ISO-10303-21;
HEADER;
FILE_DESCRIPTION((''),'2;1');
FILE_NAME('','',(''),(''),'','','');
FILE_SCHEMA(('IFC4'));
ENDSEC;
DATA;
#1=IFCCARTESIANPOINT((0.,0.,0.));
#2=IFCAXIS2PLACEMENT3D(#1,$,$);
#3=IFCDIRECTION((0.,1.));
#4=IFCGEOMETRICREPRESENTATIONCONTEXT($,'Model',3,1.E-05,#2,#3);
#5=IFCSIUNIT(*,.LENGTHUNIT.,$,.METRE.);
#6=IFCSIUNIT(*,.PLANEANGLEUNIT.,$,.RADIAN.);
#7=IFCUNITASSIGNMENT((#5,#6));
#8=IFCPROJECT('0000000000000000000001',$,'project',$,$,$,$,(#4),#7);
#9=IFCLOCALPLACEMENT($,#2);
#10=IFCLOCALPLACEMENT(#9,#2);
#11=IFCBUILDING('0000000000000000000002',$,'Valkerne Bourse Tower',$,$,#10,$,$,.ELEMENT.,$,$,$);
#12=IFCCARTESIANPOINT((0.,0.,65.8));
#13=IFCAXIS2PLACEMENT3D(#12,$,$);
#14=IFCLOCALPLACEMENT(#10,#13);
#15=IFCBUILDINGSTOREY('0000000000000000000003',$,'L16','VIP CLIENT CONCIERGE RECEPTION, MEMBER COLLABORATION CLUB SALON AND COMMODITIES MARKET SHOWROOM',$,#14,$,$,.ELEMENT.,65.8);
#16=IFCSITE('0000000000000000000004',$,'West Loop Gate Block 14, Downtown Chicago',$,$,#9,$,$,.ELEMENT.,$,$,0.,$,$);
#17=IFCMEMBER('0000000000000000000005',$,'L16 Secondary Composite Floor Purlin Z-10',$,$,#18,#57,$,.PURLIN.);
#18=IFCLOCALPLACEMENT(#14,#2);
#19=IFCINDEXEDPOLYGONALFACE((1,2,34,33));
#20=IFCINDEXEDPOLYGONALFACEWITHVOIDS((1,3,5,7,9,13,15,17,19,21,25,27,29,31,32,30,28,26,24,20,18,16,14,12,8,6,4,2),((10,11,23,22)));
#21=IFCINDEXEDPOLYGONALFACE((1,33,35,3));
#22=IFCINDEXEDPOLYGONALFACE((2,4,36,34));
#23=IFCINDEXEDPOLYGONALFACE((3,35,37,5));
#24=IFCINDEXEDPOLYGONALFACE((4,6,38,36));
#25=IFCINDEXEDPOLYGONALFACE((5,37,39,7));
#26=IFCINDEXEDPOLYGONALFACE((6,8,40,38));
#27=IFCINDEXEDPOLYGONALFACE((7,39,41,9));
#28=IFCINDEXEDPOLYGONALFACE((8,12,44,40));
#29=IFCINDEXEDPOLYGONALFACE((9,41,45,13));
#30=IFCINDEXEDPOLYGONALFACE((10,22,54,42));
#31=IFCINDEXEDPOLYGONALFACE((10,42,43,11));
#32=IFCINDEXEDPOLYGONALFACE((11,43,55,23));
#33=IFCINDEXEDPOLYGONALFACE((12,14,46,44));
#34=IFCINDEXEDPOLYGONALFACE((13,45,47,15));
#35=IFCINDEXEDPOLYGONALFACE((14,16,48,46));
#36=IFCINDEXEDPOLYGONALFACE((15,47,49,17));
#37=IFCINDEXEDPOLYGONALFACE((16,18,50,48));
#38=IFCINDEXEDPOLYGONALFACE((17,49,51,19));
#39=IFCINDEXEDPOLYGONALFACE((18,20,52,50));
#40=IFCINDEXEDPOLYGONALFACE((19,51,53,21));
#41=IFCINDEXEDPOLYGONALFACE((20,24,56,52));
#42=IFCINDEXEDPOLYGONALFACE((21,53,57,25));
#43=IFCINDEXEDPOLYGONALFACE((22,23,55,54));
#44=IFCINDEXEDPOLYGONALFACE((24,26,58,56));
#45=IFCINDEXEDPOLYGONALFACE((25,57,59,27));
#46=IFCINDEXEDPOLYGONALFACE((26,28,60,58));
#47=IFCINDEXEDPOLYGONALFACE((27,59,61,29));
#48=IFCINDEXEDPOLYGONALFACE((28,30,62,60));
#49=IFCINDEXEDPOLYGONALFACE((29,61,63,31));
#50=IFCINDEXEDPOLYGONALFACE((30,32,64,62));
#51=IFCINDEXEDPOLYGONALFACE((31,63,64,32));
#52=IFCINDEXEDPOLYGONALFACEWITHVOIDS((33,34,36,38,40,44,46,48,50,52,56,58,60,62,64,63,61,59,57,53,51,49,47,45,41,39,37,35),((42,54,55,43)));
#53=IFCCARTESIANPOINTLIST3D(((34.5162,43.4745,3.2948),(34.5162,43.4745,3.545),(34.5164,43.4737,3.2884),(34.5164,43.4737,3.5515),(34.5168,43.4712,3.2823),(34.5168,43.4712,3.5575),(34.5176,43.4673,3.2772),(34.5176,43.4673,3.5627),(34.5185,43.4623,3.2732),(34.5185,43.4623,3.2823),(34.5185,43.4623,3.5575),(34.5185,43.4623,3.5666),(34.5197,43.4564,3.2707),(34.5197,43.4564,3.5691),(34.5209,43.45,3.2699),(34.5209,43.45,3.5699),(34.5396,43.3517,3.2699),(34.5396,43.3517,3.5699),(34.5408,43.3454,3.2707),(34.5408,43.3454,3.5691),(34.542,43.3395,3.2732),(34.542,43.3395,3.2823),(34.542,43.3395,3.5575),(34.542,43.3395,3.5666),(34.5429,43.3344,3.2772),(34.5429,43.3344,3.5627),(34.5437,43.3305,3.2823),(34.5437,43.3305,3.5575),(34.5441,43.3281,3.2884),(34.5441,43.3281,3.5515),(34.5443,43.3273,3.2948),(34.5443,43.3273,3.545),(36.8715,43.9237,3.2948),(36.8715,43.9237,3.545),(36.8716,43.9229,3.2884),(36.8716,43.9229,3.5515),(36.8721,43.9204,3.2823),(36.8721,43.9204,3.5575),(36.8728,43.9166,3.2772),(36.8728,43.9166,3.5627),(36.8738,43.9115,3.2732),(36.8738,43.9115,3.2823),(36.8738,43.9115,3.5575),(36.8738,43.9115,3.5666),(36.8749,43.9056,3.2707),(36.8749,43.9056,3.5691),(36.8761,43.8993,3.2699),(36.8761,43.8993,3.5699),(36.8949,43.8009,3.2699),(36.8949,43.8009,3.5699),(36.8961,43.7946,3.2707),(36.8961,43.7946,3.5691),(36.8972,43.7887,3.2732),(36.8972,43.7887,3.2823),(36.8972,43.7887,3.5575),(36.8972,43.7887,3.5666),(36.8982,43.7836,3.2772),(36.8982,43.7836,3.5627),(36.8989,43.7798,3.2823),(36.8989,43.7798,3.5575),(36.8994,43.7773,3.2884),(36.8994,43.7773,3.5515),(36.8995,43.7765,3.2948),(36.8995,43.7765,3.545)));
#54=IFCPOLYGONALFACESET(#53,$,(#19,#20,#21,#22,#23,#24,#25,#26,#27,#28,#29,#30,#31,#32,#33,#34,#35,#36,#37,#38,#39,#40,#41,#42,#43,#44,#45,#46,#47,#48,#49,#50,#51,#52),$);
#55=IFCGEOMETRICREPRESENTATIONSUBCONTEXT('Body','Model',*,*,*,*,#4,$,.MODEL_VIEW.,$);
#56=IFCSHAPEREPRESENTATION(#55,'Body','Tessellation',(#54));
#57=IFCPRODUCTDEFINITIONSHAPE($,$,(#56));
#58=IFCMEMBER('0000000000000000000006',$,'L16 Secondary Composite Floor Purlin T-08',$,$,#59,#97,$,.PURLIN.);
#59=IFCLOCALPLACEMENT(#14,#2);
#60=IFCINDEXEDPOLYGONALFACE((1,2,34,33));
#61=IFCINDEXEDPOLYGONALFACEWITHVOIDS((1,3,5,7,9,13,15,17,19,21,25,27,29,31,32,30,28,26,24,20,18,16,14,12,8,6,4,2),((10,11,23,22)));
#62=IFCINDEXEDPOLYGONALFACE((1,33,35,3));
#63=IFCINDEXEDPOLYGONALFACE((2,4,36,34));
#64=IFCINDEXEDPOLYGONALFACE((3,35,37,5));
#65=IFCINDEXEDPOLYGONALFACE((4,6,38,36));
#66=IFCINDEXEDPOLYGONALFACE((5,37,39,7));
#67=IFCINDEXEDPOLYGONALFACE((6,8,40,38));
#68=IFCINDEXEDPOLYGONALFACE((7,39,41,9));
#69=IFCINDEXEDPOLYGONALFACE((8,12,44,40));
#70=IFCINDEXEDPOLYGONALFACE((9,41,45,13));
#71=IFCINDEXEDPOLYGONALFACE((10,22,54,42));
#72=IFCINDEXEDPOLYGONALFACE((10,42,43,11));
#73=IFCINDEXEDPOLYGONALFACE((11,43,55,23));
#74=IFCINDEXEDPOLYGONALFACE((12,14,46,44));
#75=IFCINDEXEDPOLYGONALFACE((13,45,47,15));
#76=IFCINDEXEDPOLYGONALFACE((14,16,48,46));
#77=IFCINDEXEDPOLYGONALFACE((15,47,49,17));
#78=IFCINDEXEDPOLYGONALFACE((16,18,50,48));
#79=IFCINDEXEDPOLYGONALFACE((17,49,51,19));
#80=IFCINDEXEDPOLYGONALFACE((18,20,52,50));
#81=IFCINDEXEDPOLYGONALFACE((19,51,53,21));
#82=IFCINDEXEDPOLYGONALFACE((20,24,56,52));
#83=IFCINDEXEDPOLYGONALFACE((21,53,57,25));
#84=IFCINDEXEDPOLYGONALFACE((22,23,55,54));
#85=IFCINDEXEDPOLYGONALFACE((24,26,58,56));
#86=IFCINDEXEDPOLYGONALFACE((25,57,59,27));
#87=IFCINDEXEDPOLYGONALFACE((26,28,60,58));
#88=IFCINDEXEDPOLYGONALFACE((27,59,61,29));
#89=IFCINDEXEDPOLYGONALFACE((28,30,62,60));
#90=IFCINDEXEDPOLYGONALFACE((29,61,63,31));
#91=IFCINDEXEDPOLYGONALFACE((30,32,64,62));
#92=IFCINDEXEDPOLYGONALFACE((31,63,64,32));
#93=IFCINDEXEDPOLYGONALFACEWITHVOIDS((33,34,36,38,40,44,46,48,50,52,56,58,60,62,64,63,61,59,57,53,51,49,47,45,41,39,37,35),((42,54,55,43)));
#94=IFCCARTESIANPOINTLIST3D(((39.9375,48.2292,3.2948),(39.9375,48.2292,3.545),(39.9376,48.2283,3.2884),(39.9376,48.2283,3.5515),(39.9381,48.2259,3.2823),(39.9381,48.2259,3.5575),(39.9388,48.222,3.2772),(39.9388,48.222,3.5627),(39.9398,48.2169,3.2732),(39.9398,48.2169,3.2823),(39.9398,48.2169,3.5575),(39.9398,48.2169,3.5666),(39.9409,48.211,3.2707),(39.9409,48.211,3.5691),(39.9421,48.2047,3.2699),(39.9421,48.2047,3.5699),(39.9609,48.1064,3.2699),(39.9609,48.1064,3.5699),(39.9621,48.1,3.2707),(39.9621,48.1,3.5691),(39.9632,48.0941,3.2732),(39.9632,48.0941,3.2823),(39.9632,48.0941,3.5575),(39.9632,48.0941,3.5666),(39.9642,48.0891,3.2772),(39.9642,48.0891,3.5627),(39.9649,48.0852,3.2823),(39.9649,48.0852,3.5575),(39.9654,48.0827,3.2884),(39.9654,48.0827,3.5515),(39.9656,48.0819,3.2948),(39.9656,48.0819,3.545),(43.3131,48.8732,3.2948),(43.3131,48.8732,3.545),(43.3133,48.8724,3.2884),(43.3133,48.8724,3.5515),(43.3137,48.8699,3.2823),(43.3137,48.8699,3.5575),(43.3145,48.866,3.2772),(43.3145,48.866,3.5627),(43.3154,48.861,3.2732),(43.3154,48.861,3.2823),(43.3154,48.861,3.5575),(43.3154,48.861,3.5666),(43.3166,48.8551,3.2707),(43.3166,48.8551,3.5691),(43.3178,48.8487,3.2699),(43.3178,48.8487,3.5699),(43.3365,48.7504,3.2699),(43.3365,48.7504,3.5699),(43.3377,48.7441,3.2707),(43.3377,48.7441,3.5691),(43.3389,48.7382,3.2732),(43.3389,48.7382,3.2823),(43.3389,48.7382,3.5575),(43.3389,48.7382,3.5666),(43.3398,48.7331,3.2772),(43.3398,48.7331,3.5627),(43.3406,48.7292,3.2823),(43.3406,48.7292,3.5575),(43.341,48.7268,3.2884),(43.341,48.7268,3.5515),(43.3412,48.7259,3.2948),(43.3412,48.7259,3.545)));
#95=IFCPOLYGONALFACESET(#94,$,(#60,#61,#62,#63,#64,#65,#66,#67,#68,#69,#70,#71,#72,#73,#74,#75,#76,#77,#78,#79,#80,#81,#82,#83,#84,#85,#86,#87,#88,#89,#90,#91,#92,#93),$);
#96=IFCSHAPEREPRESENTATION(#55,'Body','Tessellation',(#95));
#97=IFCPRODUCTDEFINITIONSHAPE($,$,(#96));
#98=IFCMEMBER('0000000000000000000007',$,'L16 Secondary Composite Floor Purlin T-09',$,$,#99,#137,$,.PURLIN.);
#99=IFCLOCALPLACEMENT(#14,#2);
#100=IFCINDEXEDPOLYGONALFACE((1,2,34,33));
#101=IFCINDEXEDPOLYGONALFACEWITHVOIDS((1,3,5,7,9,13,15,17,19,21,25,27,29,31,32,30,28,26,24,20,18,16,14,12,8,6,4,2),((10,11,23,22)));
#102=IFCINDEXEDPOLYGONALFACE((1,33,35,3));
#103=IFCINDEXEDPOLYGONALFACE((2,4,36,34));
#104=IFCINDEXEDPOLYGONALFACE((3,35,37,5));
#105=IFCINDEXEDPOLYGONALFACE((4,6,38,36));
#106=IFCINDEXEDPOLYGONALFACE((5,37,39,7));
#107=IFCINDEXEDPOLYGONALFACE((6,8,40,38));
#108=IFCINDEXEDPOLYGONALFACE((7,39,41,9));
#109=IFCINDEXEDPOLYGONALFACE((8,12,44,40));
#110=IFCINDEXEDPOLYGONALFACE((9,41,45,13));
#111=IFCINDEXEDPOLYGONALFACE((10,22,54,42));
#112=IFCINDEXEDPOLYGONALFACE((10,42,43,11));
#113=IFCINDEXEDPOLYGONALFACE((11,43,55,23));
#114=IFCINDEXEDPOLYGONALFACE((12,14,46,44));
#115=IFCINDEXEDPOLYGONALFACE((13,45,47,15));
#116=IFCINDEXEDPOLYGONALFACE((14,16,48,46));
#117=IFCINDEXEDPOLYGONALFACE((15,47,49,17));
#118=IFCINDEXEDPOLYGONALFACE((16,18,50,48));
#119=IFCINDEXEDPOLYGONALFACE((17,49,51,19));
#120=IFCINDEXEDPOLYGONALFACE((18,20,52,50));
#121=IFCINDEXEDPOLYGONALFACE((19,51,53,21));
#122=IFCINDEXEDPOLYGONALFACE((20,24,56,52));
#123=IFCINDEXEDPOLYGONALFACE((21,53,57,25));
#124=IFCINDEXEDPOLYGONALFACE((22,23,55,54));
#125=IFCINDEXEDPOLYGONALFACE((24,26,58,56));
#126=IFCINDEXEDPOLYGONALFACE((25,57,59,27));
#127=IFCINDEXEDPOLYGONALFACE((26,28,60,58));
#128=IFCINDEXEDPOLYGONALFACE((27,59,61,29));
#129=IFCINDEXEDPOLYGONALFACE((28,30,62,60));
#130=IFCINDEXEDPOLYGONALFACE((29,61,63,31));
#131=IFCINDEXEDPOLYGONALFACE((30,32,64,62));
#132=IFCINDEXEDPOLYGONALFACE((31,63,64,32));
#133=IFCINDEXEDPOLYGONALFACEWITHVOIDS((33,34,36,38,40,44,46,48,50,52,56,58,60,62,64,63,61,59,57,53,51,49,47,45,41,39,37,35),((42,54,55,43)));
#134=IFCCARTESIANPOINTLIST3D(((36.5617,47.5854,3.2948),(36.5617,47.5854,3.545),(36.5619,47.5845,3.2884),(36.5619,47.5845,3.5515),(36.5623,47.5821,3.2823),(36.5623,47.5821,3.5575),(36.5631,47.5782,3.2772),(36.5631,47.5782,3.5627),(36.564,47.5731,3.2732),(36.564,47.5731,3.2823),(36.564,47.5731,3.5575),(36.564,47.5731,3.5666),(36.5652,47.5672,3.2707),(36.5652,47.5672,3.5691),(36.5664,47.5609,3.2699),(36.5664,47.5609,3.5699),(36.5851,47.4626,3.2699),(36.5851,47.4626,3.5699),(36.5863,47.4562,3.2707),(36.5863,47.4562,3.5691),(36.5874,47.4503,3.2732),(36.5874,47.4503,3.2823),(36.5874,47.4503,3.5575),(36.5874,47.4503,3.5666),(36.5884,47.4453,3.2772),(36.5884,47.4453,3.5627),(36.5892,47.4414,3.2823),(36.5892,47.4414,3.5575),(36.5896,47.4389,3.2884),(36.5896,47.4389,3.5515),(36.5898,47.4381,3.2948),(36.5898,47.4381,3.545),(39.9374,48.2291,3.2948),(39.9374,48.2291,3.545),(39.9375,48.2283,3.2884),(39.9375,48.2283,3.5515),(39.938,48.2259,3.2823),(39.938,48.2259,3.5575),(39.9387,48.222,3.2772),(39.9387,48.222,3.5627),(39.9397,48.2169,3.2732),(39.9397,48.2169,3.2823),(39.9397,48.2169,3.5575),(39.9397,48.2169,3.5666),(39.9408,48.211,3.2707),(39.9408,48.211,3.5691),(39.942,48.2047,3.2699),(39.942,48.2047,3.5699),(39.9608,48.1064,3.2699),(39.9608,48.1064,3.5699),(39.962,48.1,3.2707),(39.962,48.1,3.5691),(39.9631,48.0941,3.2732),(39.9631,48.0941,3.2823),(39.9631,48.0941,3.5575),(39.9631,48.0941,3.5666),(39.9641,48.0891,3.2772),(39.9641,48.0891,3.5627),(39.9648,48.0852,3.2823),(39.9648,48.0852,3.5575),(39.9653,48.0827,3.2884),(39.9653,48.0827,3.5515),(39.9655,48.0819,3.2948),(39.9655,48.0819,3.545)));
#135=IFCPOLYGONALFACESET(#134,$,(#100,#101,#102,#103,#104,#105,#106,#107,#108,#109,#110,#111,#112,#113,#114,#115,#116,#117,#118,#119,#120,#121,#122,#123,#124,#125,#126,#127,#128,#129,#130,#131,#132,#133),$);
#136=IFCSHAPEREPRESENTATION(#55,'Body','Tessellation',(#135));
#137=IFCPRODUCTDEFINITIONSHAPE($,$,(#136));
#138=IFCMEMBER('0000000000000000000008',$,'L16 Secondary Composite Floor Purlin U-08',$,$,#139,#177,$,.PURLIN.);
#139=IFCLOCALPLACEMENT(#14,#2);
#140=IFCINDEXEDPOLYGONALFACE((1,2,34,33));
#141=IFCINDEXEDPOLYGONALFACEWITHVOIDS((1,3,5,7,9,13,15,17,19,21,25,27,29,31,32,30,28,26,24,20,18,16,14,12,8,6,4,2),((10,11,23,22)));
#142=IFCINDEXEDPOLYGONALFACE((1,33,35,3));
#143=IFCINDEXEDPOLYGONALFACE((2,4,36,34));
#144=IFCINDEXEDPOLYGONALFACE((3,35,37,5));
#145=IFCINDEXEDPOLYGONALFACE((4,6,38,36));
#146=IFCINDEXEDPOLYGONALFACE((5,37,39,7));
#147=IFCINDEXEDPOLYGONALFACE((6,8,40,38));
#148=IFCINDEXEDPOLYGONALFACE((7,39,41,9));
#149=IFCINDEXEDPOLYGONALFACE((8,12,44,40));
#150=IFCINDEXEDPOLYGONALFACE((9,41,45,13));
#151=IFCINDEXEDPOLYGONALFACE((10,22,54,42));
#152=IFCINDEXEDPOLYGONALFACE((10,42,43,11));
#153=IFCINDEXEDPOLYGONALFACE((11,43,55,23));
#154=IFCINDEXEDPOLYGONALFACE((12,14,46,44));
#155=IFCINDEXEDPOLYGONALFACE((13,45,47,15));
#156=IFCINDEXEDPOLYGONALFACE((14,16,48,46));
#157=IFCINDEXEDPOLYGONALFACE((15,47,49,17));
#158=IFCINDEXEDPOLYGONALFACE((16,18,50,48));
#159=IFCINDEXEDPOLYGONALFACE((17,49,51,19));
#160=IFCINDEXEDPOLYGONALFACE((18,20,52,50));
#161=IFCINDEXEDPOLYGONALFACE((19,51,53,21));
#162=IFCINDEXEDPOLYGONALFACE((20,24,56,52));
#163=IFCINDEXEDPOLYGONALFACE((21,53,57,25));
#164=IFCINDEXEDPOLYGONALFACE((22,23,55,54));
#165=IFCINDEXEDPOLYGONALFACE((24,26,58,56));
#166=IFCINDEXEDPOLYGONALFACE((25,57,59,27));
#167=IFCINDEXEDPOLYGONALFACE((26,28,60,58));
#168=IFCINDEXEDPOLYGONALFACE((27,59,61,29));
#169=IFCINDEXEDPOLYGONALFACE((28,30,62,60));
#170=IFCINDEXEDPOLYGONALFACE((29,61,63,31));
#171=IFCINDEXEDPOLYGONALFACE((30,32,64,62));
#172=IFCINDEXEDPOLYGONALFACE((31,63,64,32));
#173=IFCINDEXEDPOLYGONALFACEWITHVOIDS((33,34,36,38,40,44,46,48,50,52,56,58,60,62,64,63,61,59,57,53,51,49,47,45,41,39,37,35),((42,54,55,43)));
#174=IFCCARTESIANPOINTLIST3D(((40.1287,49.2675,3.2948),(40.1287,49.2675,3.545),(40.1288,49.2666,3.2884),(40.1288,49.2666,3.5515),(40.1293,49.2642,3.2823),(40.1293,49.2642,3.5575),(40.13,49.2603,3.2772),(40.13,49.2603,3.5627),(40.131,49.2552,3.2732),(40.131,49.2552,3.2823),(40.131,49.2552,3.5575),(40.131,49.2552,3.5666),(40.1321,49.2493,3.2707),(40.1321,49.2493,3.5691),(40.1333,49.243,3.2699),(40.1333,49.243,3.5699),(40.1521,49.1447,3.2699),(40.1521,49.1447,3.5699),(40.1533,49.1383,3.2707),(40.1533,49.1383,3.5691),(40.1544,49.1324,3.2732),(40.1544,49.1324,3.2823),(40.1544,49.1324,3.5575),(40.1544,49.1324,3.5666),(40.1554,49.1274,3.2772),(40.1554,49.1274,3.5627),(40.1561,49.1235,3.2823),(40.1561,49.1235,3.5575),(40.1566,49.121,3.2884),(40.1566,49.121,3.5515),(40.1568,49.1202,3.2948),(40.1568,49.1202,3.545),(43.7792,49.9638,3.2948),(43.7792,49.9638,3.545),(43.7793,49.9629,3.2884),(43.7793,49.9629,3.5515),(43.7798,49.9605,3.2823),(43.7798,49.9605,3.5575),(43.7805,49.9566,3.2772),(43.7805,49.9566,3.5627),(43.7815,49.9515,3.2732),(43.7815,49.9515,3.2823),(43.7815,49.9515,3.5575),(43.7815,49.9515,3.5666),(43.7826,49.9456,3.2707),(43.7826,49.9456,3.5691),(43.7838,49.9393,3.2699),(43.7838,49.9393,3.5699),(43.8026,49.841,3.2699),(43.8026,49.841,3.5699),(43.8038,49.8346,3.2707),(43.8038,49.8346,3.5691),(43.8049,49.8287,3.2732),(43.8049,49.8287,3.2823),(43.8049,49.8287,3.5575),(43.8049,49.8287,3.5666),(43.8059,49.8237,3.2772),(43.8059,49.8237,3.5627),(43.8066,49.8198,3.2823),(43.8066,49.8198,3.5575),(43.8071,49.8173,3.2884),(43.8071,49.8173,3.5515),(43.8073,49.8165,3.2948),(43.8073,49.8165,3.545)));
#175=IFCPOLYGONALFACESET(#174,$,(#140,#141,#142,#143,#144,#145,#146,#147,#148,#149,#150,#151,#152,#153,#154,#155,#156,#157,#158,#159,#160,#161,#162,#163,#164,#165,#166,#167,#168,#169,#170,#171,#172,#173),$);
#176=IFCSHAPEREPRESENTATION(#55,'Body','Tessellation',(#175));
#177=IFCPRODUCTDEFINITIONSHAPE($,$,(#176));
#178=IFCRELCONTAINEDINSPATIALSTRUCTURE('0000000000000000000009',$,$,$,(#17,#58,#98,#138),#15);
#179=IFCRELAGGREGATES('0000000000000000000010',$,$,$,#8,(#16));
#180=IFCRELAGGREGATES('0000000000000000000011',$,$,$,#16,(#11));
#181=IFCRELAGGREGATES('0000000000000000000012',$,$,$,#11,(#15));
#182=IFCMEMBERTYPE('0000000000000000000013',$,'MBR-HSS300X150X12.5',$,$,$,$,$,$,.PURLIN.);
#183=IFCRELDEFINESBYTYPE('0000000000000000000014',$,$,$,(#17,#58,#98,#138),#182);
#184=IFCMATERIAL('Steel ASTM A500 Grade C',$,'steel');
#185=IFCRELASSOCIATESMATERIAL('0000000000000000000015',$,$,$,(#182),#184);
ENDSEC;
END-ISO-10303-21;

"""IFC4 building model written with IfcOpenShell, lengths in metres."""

from ifc_helpers import new_model, si_unit, direction, frame, origin, origin_2d, place, context, subcontext, project, spatial, hollow_rectangle, extrude, material, material_profile, profile_set, type_object, element, save


model = new_model("IFC4")

# Units and contexts
model_context = context("Model", 3, precision=1e-05, world=origin(), true_north=direction((0.0, 1.0)))
body_context = subcontext(model_context, "Body", "Model", "MODEL_VIEW")
ifc_project = project(units=[si_unit("LENGTHUNIT", "METRE"), si_unit("PLANEANGLEUNIT", "RADIAN")], contexts=[model_context])

# Site, building, storey
site_placement = place(None, origin())
site = spatial("IfcSite", under=ifc_project, at=site_placement, Name="West Loop Gate Block 14, Downtown Chicago", CompositionType="ELEMENT", RefElevation=0.0)
building_placement = place(site_placement, origin())
building = spatial("IfcBuilding", under=site, at=building_placement, Name="Valkerne Bourse Tower", CompositionType="ELEMENT")
storey_placement = place(building_placement, frame((0.0, 0.0, 65.8)))
storey = spatial("IfcBuildingStorey", under=building, at=storey_placement, Name="L16", Description="VIP CLIENT CONCIERGE RECEPTION, MEMBER COLLABORATION CLUB SALON AND COMMODITIES MARKET SHOWROOM", CompositionType="ELEMENT", Elevation=65.8)

# Members
ifc_material_1 = material(Name="Steel ASTM A500 Grade C", Category="steel")
ifc_material_profile_1 = material_profile(ifc_material_1, hollow_rectangle(XDim=0.1499, YDim=0.3, WallThickness=0.0125, OuterFilletRadius=0.0249, at=origin_2d()), Name="HSS300X150X12.5")
ifc_profile_set_1 = profile_set([ifc_material_profile_1], Name="Steel ASTM A500 Grade C")
member_type_1 = type_object("IfcMemberType", Name="MBR-HSS300X150X12.5", PredefinedType="PURLIN", material=ifc_profile_set_1)
member_1_placement = place(storey_placement, frame((36.8855, 43.8501, 3.4199), z_axis=(-0.982292, -0.187355, 0.0), x_axis=(0.187355, -0.982292, 0.0)))
element("IfcMember", 1, at=member_1_placement, inside=storey, type_object=member_type_1, Name="L16 Secondary Composite Floor Purlin Z-10", PredefinedType="PURLIN", context=body_context, shape_type="SweptSolid", body=[
    extrude(hollow_rectangle(XDim=0.1499, YDim=0.3, WallThickness=0.0125, OuterFilletRadius=0.0249, at=origin_2d()), origin(), (0.0, 0.0, 1.0), 2.3977),
])
for number, where, z_axis, x_axis, name in (
    (2, (43.3271, 48.7996, 3.4199), (-0.982283, -0.187406, 0.0), (0.187406, -0.982283, 0.0), "L16 Secondary Composite Floor Purlin T-08"),
    (3, (39.9514, 48.1555, 3.4199), (-0.982296, -0.187337, 0.0), (0.187337, -0.982296, 0.0), "L16 Secondary Composite Floor Purlin T-09"),
):
    element("IfcMember", number, at=place(storey_placement, frame(where, z_axis=z_axis, x_axis=x_axis)), inside=storey, type_object=member_type_1, Name=name, PredefinedType="PURLIN", context=body_context, shape_type="SweptSolid", body=[
        extrude(hollow_rectangle(XDim=0.1499, YDim=0.3, WallThickness=0.0125, OuterFilletRadius=0.0249, at=origin_2d()), origin(), (0.0, 0.0, 1.0), 3.4365),
    ])
for number, where, z_axis, x_axis, name in (
    (4, (43.7932, 49.8901, 3.4199), (-0.98229, -0.187366, 0.0), (0.187366, -0.98229, 0.0), "L16 Secondary Composite Floor Purlin U-08"),
):
    element("IfcMember", number, at=place(storey_placement, frame(where, z_axis=z_axis, x_axis=x_axis)), inside=storey, type_object=member_type_1, Name=name, PredefinedType="PURLIN", context=body_context, shape_type="SweptSolid", body=[
        extrude(hollow_rectangle(XDim=0.1499, YDim=0.3, WallThickness=0.0125, OuterFilletRadius=0.0249, at=origin_2d()), origin(), (0.0, 0.0, 1.0), 3.7163),
    ])

save(model, "model.ifc")
